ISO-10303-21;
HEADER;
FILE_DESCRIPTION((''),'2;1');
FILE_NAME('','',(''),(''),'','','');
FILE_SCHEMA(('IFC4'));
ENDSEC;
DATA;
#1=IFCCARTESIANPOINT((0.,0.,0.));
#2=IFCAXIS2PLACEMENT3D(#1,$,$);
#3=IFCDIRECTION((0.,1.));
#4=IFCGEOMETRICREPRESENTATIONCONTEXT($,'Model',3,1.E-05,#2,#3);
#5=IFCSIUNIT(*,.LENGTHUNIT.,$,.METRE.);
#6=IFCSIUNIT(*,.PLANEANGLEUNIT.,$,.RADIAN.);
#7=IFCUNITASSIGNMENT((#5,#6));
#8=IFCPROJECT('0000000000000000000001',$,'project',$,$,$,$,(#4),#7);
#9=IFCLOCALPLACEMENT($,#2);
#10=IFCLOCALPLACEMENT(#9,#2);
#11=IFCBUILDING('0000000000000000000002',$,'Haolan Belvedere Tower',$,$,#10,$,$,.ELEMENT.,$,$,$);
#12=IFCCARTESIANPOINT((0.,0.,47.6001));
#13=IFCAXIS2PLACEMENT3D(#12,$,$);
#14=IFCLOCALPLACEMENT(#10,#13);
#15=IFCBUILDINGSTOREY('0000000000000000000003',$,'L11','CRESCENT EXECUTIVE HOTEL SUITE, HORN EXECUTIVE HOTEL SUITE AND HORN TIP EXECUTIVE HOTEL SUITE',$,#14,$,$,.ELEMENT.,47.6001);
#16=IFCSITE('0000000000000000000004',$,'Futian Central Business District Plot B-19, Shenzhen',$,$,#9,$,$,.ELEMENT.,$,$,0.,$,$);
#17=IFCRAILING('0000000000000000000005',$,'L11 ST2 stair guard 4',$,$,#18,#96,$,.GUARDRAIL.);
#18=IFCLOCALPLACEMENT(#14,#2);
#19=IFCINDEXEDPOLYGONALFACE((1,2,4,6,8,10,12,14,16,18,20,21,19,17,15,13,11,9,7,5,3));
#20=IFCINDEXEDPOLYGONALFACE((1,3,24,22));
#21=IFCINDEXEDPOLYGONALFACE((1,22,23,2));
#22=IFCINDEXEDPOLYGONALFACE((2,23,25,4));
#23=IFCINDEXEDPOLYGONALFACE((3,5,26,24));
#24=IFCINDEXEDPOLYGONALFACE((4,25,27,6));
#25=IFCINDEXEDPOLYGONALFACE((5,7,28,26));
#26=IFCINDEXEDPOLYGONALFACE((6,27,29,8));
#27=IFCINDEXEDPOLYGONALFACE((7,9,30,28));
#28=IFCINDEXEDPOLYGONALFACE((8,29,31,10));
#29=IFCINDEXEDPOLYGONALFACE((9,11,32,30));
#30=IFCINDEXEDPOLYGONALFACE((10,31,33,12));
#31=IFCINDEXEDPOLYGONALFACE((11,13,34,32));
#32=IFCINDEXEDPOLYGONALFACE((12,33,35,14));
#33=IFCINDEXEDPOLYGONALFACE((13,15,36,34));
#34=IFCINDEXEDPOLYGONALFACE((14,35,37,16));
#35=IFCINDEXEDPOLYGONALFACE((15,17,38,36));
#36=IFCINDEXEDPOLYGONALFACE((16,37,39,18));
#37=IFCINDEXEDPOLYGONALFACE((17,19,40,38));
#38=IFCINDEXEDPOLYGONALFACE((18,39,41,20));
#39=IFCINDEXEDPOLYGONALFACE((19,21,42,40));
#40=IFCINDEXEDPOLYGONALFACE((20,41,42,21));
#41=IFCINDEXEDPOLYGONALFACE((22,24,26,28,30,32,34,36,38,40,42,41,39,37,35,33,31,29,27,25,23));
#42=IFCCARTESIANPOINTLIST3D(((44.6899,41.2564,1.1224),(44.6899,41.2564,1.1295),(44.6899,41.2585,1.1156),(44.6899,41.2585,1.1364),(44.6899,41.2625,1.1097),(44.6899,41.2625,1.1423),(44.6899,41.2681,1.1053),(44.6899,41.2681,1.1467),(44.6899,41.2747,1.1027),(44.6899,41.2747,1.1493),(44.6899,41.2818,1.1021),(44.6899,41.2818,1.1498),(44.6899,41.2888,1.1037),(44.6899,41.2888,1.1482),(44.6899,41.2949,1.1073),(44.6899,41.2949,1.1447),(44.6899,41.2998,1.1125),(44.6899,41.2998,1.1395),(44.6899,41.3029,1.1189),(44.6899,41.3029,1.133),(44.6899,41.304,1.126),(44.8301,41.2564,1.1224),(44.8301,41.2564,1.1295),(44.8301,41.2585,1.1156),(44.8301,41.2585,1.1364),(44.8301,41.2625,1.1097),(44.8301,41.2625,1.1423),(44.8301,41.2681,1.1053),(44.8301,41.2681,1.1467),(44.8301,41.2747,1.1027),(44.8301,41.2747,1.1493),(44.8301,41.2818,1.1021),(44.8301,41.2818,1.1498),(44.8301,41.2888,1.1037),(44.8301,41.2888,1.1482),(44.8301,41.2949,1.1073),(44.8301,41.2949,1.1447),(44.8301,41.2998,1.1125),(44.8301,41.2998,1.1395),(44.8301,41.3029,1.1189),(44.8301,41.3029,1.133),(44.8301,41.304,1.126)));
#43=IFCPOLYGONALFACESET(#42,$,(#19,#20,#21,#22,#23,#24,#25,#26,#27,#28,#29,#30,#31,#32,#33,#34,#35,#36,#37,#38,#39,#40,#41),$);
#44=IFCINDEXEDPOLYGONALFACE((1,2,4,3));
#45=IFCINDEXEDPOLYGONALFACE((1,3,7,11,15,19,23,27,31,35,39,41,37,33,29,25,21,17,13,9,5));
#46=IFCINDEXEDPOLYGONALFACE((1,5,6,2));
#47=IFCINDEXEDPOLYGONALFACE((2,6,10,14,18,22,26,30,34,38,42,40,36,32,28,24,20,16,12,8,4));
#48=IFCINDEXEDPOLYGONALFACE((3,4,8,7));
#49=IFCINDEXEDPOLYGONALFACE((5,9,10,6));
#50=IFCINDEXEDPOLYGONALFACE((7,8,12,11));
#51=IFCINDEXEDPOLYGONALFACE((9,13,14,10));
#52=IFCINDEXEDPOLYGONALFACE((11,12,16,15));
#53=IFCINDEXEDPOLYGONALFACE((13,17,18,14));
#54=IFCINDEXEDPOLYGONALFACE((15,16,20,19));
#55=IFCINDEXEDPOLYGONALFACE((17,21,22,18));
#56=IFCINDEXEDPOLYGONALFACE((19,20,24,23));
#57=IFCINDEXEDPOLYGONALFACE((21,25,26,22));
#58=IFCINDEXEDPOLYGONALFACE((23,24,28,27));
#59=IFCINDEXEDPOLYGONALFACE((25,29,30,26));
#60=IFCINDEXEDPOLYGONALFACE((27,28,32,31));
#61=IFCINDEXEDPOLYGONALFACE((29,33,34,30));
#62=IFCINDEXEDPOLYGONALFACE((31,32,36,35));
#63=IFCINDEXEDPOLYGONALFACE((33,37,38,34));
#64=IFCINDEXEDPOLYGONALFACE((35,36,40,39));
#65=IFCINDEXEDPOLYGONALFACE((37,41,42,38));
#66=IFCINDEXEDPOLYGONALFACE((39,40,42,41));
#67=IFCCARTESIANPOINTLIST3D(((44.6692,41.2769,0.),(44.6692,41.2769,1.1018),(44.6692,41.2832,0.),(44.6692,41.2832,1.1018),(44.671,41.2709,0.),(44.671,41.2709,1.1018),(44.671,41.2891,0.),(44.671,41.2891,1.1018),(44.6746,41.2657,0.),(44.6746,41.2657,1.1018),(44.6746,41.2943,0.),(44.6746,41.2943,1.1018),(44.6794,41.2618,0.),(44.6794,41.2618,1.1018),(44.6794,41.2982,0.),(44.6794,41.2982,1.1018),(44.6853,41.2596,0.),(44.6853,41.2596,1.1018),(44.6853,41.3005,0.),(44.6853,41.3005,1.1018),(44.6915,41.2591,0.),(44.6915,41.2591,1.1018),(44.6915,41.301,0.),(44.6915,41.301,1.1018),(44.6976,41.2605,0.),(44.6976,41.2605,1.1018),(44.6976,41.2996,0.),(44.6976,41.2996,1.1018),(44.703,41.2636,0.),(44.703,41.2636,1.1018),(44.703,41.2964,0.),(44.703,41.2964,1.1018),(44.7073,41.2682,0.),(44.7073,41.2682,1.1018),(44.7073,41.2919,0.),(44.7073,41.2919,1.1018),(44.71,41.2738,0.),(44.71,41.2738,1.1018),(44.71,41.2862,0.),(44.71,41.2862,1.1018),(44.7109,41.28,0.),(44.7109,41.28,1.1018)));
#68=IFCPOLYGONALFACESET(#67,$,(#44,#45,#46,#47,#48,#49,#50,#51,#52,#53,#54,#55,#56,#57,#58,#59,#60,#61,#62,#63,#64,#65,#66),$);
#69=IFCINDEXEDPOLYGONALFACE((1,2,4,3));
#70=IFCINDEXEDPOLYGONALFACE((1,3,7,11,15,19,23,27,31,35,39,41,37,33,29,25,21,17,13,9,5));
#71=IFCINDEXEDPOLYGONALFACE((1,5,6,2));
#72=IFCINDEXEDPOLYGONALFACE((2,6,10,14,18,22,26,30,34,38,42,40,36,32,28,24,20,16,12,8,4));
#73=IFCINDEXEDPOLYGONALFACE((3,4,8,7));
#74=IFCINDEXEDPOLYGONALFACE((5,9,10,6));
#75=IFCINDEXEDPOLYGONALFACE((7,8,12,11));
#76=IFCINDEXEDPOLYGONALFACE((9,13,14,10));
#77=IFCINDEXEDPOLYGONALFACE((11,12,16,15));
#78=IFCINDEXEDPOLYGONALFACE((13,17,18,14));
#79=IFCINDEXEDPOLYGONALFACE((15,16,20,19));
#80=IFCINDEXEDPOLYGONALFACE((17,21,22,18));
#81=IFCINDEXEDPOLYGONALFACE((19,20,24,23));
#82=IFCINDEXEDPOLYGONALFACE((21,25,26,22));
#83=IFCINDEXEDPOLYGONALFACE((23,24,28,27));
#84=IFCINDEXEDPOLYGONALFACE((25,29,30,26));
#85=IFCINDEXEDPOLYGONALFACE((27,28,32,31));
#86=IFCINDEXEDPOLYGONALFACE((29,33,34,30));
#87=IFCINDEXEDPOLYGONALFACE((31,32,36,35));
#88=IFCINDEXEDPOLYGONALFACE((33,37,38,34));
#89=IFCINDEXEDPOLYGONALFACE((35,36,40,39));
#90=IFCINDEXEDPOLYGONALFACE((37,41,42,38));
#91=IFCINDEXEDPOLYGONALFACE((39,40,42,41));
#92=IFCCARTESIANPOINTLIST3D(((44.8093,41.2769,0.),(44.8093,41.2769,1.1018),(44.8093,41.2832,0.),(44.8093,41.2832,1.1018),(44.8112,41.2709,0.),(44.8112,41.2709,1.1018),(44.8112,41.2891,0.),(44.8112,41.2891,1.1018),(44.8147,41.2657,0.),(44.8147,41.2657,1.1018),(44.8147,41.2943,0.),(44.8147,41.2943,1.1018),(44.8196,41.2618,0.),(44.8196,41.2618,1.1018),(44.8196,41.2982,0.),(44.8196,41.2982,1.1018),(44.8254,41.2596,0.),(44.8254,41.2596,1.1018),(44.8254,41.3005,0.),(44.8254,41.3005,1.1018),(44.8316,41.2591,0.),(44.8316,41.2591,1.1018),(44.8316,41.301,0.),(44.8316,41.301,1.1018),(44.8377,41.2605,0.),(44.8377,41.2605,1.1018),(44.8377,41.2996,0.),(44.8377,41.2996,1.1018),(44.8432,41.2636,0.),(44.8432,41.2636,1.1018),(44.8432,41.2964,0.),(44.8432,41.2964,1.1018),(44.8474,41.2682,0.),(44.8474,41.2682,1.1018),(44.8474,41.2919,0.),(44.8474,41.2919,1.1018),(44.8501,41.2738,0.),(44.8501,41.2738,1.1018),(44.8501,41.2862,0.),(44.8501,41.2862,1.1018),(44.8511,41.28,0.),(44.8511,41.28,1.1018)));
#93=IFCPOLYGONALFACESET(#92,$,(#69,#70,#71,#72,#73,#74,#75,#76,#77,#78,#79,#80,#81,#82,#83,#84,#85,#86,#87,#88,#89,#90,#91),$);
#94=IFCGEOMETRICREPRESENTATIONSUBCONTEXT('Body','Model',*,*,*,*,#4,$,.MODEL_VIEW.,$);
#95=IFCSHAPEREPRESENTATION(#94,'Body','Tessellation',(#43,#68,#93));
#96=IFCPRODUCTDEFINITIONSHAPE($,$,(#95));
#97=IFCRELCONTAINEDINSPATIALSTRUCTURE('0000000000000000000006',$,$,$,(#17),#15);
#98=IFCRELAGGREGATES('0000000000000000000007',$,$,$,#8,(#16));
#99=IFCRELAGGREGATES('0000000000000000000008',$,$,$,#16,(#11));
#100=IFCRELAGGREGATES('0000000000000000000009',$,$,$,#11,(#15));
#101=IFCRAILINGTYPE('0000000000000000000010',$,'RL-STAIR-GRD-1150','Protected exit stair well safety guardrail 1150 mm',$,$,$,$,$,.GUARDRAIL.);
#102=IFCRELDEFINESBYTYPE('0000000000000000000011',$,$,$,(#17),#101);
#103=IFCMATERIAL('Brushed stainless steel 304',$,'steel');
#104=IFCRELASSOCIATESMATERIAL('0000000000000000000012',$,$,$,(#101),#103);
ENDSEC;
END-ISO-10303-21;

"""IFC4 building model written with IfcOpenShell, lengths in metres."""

from ifc_helpers import new_model, si_unit, direction, frame, origin, origin_2d, place, context, subcontext, project, spatial, circle, extrude, material, type_object, element, save


model = new_model("IFC4")

# Units and contexts
model_context = context("Model", 3, precision=1e-05, world=origin(), true_north=direction((0.0, 1.0)))
body_context = subcontext(model_context, "Body", "Model", "MODEL_VIEW")
ifc_project = project(units=[si_unit("LENGTHUNIT", "METRE"), si_unit("PLANEANGLEUNIT", "RADIAN")], contexts=[model_context])

# Site, building, storey
site_placement = place(None, origin())
site = spatial("IfcSite", under=ifc_project, at=site_placement, Name="Futian Central Business District Plot B-19, Shenzhen", CompositionType="ELEMENT", RefElevation=0.0)
building_placement = place(site_placement, origin())
building = spatial("IfcBuilding", under=site, at=building_placement, Name="Haolan Belvedere Tower", CompositionType="ELEMENT")
storey_placement = place(building_placement, frame((0.0, 0.0, 47.6001)))
storey = spatial("IfcBuildingStorey", under=building, at=storey_placement, Name="L11", Description="CRESCENT EXECUTIVE HOTEL SUITE, HORN EXECUTIVE HOTEL SUITE AND HORN TIP EXECUTIVE HOTEL SUITE", CompositionType="ELEMENT", Elevation=47.6001)

# Railing
ifc_material_1 = material(Name="Brushed stainless steel 304", Category="steel")
railing_type_1 = type_object("IfcRailingType", Name="RL-STAIR-GRD-1150", Description="Protected exit stair well safety guardrail 1150 mm", PredefinedType="GUARDRAIL", material=ifc_material_1)
railing_1_placement = place(storey_placement, frame((44.6899, 41.28, 0.0)))
element("IfcRailing", 1, at=railing_1_placement, inside=storey, type_object=railing_type_1, Name="L11 ST2 stair guard 4", PredefinedType="GUARDRAIL", context=body_context, shape_type="SweptSolid", body=[
    extrude(circle(Radius=0.0239, at=origin_2d()), frame((0.0, 0.0, 1.126), z_axis=(1.0, 0.0, 0.0), x_axis=(0.0, 1.0, 0.0)), (0.0, 0.0, 1.0), 0.1401),
    extrude(circle(Radius=0.021, at=origin_2d()), origin(), (0.0, 0.0, 1.0), 1.1018),
    extrude(circle(Radius=0.021, at=origin_2d()), frame((0.1401, 0.0, 0.0)), (0.0, 0.0, 1.0), 1.1018),
])

save(model, "model.ifc")
